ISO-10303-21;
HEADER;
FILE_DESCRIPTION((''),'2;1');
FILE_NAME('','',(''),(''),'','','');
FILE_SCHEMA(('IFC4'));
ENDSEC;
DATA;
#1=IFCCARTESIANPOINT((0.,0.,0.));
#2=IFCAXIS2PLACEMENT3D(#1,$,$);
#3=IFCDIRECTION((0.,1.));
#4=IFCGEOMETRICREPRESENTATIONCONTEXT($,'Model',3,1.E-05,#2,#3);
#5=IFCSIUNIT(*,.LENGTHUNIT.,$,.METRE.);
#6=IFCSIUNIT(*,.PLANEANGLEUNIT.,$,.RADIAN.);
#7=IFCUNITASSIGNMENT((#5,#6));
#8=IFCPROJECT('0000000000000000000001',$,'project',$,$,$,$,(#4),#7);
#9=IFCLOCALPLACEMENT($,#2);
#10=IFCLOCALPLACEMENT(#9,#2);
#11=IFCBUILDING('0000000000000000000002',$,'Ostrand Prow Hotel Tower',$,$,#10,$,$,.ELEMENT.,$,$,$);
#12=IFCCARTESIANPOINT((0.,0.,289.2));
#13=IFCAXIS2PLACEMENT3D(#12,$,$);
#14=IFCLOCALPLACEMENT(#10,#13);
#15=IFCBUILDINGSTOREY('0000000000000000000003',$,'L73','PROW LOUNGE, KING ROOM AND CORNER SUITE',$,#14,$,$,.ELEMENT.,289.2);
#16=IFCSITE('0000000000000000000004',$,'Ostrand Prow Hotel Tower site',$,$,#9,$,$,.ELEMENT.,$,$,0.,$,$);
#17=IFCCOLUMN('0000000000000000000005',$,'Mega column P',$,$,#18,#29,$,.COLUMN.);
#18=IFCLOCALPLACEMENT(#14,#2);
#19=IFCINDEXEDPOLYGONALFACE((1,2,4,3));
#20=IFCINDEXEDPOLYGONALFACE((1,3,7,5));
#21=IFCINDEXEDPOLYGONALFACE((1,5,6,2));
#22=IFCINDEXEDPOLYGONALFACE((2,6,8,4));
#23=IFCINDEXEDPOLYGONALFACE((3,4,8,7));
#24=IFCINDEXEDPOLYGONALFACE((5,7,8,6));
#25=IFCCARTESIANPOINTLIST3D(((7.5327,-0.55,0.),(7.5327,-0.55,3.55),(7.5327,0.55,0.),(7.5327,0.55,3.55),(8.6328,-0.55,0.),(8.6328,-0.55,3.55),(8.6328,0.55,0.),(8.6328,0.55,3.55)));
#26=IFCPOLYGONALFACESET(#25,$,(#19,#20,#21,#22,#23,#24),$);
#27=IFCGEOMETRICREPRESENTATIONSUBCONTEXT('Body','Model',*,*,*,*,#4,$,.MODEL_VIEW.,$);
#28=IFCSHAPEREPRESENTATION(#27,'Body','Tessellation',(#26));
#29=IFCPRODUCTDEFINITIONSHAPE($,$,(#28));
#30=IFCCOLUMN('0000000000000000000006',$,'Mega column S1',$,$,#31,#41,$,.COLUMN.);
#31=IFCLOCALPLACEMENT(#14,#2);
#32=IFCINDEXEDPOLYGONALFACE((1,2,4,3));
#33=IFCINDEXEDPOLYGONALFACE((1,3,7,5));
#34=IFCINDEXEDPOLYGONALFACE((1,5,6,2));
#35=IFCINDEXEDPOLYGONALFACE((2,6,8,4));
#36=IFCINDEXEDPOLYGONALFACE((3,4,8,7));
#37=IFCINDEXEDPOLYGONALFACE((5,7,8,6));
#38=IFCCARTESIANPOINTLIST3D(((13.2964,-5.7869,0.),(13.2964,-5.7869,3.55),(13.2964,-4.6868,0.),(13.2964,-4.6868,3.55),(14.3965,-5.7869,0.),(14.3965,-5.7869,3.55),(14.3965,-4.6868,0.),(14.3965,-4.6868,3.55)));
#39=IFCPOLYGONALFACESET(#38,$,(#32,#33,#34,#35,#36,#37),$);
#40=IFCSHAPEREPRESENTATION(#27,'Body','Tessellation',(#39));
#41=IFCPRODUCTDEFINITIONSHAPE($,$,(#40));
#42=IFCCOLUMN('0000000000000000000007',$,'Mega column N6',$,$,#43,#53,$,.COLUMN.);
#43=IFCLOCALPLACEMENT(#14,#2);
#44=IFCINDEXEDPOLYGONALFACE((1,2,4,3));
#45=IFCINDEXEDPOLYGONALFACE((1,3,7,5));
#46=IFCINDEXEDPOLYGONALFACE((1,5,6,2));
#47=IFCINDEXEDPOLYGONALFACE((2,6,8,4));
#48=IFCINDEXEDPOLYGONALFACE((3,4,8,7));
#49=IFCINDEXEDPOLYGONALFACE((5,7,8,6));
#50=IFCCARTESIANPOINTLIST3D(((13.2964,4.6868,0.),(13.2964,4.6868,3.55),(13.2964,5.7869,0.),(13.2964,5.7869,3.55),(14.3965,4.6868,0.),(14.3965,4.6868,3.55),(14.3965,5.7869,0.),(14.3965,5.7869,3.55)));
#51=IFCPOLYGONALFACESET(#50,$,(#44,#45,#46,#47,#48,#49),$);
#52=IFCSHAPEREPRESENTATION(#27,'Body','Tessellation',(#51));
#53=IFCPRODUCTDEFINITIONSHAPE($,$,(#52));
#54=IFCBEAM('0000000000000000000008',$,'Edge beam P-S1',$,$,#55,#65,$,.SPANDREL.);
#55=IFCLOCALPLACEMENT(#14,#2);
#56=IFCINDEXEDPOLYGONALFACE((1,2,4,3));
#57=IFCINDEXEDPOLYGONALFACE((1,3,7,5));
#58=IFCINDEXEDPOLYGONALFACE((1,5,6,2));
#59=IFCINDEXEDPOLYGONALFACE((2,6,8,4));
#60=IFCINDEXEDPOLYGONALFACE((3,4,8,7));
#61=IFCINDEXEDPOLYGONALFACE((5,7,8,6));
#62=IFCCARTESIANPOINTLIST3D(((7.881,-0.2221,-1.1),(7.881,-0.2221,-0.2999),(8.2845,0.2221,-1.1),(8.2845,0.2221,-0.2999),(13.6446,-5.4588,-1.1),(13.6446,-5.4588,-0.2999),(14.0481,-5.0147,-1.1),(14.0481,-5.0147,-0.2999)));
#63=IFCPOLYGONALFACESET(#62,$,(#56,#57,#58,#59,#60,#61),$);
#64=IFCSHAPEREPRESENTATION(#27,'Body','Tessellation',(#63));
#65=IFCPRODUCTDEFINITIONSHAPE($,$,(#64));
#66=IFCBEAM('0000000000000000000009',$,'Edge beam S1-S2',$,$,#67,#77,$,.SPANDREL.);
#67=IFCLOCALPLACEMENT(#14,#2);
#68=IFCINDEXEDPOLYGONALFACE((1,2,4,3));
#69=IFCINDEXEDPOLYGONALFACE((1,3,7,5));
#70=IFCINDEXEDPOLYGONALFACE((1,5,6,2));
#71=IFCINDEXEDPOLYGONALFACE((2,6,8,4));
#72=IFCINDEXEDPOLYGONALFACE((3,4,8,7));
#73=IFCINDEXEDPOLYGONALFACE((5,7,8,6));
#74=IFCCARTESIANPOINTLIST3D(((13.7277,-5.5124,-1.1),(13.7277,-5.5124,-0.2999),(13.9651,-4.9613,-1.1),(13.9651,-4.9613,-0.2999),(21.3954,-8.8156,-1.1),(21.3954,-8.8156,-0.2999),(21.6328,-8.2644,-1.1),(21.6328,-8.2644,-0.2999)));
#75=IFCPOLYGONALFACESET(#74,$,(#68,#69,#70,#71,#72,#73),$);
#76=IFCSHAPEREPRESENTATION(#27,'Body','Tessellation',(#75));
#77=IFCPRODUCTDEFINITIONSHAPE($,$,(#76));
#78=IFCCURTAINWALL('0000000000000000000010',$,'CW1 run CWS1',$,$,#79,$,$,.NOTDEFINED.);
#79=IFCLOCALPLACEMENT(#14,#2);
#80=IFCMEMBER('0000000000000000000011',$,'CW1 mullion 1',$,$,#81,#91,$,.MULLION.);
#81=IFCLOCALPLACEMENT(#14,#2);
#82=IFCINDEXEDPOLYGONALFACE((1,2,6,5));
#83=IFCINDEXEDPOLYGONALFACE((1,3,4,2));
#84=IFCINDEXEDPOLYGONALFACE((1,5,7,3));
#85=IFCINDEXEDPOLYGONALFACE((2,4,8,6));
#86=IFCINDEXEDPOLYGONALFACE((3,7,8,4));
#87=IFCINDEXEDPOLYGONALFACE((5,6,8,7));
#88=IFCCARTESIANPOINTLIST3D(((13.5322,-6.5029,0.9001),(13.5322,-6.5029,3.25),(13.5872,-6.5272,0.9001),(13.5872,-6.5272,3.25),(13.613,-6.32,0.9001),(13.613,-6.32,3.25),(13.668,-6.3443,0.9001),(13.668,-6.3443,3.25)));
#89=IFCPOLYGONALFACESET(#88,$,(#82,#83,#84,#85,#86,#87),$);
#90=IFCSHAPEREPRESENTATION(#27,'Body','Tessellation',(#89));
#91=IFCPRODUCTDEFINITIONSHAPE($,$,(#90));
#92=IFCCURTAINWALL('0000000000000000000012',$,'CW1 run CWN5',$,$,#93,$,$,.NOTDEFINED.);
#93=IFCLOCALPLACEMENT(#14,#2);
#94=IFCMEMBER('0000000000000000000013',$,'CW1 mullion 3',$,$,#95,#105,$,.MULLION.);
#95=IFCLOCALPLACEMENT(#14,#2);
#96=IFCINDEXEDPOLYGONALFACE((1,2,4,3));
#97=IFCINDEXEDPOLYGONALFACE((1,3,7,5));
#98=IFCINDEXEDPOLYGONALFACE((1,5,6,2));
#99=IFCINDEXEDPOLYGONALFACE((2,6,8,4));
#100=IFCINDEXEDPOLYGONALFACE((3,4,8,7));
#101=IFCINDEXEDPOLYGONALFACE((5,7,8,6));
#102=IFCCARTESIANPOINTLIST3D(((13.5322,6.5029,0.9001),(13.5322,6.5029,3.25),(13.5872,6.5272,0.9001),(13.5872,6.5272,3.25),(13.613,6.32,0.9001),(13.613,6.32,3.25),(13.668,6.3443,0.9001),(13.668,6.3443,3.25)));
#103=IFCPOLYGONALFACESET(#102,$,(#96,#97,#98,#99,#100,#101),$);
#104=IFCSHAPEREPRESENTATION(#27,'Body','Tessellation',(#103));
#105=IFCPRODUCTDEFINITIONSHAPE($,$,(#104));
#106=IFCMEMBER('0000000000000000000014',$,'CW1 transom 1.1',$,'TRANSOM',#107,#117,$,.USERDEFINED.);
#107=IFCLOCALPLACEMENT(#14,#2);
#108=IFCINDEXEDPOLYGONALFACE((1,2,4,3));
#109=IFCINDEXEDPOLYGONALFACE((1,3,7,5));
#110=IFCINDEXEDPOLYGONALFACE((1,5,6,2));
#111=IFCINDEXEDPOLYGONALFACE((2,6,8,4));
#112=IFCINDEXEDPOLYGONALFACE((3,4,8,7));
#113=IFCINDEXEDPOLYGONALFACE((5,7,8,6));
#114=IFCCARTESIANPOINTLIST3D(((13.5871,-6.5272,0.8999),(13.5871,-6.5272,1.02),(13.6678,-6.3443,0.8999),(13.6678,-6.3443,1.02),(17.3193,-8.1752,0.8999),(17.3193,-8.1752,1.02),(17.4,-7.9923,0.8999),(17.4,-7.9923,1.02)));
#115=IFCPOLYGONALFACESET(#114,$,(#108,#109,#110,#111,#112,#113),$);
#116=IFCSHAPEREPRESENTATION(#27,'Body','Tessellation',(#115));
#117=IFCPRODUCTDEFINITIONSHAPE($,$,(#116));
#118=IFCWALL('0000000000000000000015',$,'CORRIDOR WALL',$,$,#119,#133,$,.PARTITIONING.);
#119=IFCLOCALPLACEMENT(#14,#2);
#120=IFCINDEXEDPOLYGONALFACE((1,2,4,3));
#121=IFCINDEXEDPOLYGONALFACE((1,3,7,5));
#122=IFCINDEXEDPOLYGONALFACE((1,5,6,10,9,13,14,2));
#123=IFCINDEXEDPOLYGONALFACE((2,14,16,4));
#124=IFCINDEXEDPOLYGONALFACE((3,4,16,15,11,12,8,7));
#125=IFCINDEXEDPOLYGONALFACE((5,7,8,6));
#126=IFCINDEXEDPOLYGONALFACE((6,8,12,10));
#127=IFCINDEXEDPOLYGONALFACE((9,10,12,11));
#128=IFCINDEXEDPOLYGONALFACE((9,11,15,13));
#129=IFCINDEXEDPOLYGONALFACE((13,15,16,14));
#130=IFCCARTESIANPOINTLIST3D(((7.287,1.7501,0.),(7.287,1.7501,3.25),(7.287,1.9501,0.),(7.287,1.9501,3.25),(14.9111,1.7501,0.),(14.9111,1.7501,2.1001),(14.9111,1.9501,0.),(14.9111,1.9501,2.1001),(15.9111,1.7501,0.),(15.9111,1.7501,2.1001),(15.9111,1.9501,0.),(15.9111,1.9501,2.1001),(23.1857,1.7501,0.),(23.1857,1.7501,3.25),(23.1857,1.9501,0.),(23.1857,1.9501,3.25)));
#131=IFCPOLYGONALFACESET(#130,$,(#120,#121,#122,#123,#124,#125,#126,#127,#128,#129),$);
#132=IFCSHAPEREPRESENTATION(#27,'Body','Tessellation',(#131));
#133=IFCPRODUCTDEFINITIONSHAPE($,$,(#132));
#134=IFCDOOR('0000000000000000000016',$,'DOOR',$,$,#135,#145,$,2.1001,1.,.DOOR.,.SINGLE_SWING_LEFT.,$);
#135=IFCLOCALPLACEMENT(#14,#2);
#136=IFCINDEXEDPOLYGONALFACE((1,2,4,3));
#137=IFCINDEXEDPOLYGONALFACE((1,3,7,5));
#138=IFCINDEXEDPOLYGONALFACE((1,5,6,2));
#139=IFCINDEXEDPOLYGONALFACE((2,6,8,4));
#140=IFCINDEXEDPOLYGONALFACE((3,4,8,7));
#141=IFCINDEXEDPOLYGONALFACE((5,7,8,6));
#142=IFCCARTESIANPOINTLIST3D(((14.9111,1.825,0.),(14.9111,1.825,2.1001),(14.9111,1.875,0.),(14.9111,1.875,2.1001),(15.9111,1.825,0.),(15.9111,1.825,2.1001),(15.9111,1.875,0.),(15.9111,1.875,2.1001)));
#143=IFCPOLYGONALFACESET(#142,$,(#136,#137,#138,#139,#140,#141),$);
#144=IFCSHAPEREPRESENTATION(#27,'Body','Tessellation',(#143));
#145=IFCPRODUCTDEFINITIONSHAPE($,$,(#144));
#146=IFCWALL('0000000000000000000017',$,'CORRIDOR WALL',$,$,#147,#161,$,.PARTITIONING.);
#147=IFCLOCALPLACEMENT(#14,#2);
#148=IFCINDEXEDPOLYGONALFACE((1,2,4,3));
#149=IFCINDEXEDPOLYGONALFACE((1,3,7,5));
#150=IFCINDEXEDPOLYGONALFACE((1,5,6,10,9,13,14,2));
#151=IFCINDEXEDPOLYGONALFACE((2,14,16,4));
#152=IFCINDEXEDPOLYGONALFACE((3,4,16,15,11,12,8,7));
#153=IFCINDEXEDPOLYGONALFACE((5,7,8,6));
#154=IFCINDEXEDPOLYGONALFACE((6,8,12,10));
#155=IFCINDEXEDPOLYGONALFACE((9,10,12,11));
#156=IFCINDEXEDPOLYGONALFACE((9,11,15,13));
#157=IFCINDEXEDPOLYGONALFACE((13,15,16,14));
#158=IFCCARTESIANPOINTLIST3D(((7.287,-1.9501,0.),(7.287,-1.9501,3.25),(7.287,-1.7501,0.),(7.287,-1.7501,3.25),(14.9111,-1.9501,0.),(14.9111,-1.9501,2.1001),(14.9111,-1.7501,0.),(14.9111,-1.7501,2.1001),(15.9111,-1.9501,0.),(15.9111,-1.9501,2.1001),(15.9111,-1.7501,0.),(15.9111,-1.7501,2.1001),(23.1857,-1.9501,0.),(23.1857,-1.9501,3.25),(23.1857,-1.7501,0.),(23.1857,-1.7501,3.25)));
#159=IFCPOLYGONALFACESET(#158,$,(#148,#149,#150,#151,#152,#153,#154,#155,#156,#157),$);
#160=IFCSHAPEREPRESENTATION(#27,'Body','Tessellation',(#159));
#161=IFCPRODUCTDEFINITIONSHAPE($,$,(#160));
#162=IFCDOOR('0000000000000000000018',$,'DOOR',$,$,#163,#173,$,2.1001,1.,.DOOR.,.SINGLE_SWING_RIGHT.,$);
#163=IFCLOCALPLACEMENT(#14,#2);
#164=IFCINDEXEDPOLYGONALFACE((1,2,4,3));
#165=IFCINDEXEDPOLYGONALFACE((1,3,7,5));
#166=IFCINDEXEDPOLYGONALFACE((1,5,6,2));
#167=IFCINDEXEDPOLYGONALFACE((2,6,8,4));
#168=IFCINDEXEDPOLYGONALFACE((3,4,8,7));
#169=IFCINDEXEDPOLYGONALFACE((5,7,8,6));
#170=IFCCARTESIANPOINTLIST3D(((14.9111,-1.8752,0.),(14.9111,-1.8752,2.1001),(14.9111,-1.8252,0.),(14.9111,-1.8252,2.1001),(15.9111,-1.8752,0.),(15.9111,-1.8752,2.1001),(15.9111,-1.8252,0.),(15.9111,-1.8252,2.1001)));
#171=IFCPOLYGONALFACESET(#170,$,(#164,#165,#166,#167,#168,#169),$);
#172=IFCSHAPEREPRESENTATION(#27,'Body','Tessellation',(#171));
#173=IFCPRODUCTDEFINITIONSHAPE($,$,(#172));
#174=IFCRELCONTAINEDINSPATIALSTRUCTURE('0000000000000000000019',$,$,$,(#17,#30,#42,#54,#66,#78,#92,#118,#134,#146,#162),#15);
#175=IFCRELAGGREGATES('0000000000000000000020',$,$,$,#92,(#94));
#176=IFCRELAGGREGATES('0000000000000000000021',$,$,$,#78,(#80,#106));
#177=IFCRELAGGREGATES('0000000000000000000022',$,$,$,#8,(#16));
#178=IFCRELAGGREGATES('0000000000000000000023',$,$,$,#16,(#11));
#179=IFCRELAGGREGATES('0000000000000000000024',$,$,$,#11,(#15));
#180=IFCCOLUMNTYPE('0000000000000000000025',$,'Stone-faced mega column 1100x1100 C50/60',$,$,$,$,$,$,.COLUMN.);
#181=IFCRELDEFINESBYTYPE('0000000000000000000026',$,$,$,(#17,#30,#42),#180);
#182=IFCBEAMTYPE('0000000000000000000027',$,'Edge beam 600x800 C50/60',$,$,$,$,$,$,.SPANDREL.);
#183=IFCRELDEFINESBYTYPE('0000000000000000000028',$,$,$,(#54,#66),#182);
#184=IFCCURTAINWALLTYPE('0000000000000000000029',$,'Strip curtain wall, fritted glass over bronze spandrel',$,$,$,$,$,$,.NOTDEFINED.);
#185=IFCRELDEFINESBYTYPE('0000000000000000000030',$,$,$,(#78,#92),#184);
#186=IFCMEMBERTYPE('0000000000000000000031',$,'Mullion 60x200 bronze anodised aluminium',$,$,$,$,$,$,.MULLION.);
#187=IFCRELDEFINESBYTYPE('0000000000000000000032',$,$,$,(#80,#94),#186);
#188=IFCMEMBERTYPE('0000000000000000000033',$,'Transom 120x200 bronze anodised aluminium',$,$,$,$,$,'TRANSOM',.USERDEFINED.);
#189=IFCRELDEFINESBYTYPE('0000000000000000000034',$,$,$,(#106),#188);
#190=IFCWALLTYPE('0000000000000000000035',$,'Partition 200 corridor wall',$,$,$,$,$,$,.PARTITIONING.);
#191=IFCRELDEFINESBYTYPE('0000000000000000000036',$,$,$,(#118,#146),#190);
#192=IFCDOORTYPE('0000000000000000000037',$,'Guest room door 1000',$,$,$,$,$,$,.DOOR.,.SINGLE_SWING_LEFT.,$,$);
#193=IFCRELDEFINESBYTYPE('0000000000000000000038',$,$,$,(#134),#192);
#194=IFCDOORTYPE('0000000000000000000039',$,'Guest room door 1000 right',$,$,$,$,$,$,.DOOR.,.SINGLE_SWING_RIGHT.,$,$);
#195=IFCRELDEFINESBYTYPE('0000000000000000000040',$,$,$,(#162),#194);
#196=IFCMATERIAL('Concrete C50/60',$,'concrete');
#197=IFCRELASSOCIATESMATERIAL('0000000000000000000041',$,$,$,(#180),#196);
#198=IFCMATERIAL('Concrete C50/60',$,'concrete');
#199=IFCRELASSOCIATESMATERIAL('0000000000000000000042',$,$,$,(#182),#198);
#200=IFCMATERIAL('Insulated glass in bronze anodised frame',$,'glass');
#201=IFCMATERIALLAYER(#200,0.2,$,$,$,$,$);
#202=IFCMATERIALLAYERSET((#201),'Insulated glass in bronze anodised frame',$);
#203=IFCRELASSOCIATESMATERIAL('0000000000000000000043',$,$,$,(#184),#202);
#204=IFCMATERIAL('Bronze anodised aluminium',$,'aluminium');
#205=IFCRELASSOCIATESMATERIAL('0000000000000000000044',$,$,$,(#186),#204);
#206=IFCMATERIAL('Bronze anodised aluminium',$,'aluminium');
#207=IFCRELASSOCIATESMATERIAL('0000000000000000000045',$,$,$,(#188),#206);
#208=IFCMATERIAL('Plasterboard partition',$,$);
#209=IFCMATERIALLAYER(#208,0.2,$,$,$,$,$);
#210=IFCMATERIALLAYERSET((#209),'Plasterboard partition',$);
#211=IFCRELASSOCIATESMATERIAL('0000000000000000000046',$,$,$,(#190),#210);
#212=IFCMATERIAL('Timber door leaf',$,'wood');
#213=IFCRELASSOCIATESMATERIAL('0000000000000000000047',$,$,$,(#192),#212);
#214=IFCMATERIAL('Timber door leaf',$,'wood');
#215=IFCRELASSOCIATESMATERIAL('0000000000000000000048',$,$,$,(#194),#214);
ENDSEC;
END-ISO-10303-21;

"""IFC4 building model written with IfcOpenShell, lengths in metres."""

from ifc_helpers import new_model, si_unit, direction, frame, frame_2d, origin, origin_2d, place, context, subcontext, project, spatial, rectangle, extrude, material, layer, layer_set, material_profile, profile_set, type_object, element, fill, aggregate, save


model = new_model("IFC4")

# Units and contexts
model_context = context("Model", 3, precision=1e-05, world=origin(), true_north=direction((0.0, 1.0)))
body_context = subcontext(model_context, "Body", "Model", "MODEL_VIEW")
ifc_project = project(units=[si_unit("LENGTHUNIT", "METRE"), si_unit("PLANEANGLEUNIT", "RADIAN")], contexts=[model_context])

# Site, building, storey
site_placement = place(None, origin())
site = spatial("IfcSite", under=ifc_project, at=site_placement, Name="Ostrand Prow Hotel Tower site", CompositionType="ELEMENT", RefElevation=0.0)
building_placement = place(site_placement, origin())
building = spatial("IfcBuilding", under=site, at=building_placement, Name="Ostrand Prow Hotel Tower", CompositionType="ELEMENT")
storey_placement = place(building_placement, frame((0.0, 0.0, 289.2)))
storey = spatial("IfcBuildingStorey", under=building, at=storey_placement, Name="L73", Description="PROW LOUNGE, KING ROOM AND CORNER SUITE", CompositionType="ELEMENT", Elevation=289.2)

# Columns
ifc_material_1 = material(Name="Concrete C50/60", Category="concrete")
ifc_material_profile_1 = material_profile(ifc_material_1, rectangle(XDim=1.1001, YDim=1.1001, at=origin_2d()), Name="RC 1100x1100")
ifc_profile_set_1 = profile_set([ifc_material_profile_1], Name="Concrete C50/60")
column_type = type_object("IfcColumnType", Name="Stone-faced mega column 1100x1100 C50/60", PredefinedType="COLUMN", material=ifc_profile_set_1)
for number, where, z_axis, x_axis, name in (
    (1, (8.0828, 0.0, 0.0), (0.0, 0.0, 1.0), (1.0, 0.0, 0.0), "Mega column P"),
    (2, (13.8464, -5.2368, 0.0), (0.0, 0.0, 1.0), (1.0, 0.0, 0.0), "Mega column S1"),
    (3, (13.8464, 5.2368, 0.0), (0.0, 0.0, 1.0), (1.0, 0.0, 0.0), "Mega column N6"),
):
    element("IfcColumn", number, at=place(storey_placement, frame(where, z_axis=z_axis, x_axis=x_axis)), inside=storey, type_object=column_type, Name=name, PredefinedType="COLUMN", context=body_context, shape_type="SweptSolid", body=[
        extrude(rectangle(XDim=1.1001, YDim=1.1001, at=origin_2d()), origin(), (0.0, 0.0, 1.0), 3.55),
    ])

# Beams
ifc_material_2 = material(Name="Concrete C50/60", Category="concrete")
ifc_material_profile_2 = material_profile(ifc_material_2, rectangle(XDim=0.6001, YDim=0.8, at=origin_2d()), Name="RC 600x800")
ifc_profile_set_2 = profile_set([ifc_material_profile_2], Name="Concrete C50/60")
beam_type = type_object("IfcBeamType", Name="Edge beam 600x800 C50/60", PredefinedType="SPANDREL", material=ifc_profile_set_2)
beam_1_placement = place(storey_placement, frame((8.0828, 0.0, -0.7), z_axis=(0.740124, -0.67247, 0.0), x_axis=(0.67247, 0.740124, 0.0)))
element("IfcBeam", 4, at=beam_1_placement, inside=storey, type_object=beam_type, Name="Edge beam P-S1", PredefinedType="SPANDREL", context=body_context, shape_type="SweptSolid", body=[
    extrude(rectangle(XDim=0.6001, YDim=0.8, at=origin_2d()), origin(), (0.0, 0.0, 1.0), 7.7874),
])
beam_2_placement = place(storey_placement, frame((13.8464, -5.2368, -0.7), z_axis=(0.918404, -0.395644, 0.0), x_axis=(0.395644, 0.918404, 0.0)))
element("IfcBeam", 5, at=beam_2_placement, inside=storey, type_object=beam_type, Name="Edge beam S1-S2", PredefinedType="SPANDREL", context=body_context, shape_type="SweptSolid", body=[
    extrude(rectangle(XDim=0.6001, YDim=0.8, at=origin_2d()), origin(), (0.0, 0.0, 1.0), 8.3489),
])

# Curtain walls, members
ifc_material_3 = material(Name="Insulated glass in bronze anodised frame", Category="glass")
ifc_layer_1 = layer(ifc_material_3, 0.2)
ifc_layer_set_1 = layer_set([ifc_layer_1], Name="Insulated glass in bronze anodised frame")
curtain_wall_type = type_object("IfcCurtainWallType", Name="Strip curtain wall, fritted glass over bronze spandrel", PredefinedType="NOTDEFINED", material=ifc_layer_set_1)
curtain_wall_1_placement = place(storey_placement, origin())
curtain_wall_1 = element("IfcCurtainWall", 6, at=curtain_wall_1_placement, inside=storey, type_object=curtain_wall_type, Name="CW1 run CWS1", PredefinedType="NOTDEFINED")
ifc_material_4 = material(Name="Bronze anodised aluminium", Category="aluminium")
ifc_material_profile_3 = material_profile(ifc_material_4, rectangle(XDim=0.2, YDim=0.0601, at=origin_2d()), Name="Mullion 60x200 bronze anodised aluminium")
ifc_profile_set_3 = profile_set([ifc_material_profile_3], Name="Bronze anodised aluminium")
member_type_1 = type_object("IfcMemberType", Name="Mullion 60x200 bronze anodised aluminium", PredefinedType="MULLION", material=ifc_profile_set_3)
member_1_placement = place(storey_placement, frame((13.6001, -6.4236, 0.9001), z_axis=(0.0, 0.0, 1.0), x_axis=(0.40394, 0.914786, 0.0)))
member_1 = element("IfcMember", 7, at=member_1_placement, type_object=member_type_1, Name="CW1 mullion 1", PredefinedType="MULLION", context=body_context, shape_type="SweptSolid", body=[
    extrude(rectangle(XDim=0.2, YDim=0.0601, at=origin_2d()), origin(), (0.0, 0.0, 1.0), 2.3499),
])
curtain_wall_2_placement = place(storey_placement, origin())
curtain_wall_2 = element("IfcCurtainWall", 8, at=curtain_wall_2_placement, inside=storey, type_object=curtain_wall_type, Name="CW1 run CWN5", PredefinedType="NOTDEFINED")
member_2_placement = place(storey_placement, frame((13.6001, 6.4236, 0.9001), z_axis=(0.0, 0.0, 1.0), x_axis=(0.40394, -0.914786, 0.0)))
member_2 = element("IfcMember", 9, at=member_2_placement, type_object=member_type_1, Name="CW1 mullion 3", PredefinedType="MULLION", context=body_context, shape_type="SweptSolid", body=[
    extrude(rectangle(XDim=0.2, YDim=0.0601, at=origin_2d()), origin(), (0.0, 0.0, 1.0), 2.3499),
])
aggregate(curtain_wall_2, [member_2])

# Member
ifc_material_5 = material(Name="Bronze anodised aluminium", Category="aluminium")
ifc_material_profile_4 = material_profile(ifc_material_5, rectangle(XDim=0.2, YDim=0.1201, at=origin_2d()), Name="Transom 120x200 bronze anodised aluminium")
ifc_profile_set_4 = profile_set([ifc_material_profile_4], Name="Bronze anodised aluminium")
member_type_2 = type_object("IfcMemberType", Name="Transom 120x200 bronze anodised aluminium", ElementType="TRANSOM", PredefinedType="USERDEFINED", material=ifc_profile_set_4)
member_3_placement = place(storey_placement, frame((13.6274, -6.4358, 0.96), z_axis=(0.914791, -0.403927, 0.0), x_axis=(0.403927, 0.914791, 0.0)))
member_3 = element("IfcMember", 10, at=member_3_placement, type_object=member_type_2, Name="CW1 transom 1.1", ObjectType="TRANSOM", PredefinedType="USERDEFINED", context=body_context, shape_type="SweptSolid", body=[
    extrude(rectangle(XDim=0.2, YDim=0.1201, at=origin_2d()), origin(), (0.0, 0.0, 1.0), 4.0798),
])
aggregate(curtain_wall_1, [member_1, member_3])

# Walls, openings, doors
ifc_material_6 = material(Name="Plasterboard partition")
ifc_layer_2 = layer(ifc_material_6, 0.2)
ifc_layer_set_2 = layer_set([ifc_layer_2], Name="Plasterboard partition")
wall_type_1 = type_object("IfcWallType", Name="Partition 200 corridor wall", PredefinedType="PARTITIONING", material=ifc_layer_set_2)
wall_1_placement = place(storey_placement, frame((7.2871, 1.8501, 0.0), z_axis=(0.0, 0.0, 1.0), x_axis=(1.0, 0.0, 0.0)))
wall_1 = element("IfcWall", 11, at=wall_1_placement, inside=storey, type_object=wall_type_1, Name="CORRIDOR WALL", PredefinedType="PARTITIONING", context=body_context, shape_type="SweptSolid", body=[
    extrude(rectangle(XDim=15.8987, YDim=0.2, at=frame_2d((7.9492, 0.0))), origin(), (0.0, 0.0, 1.0), 3.25),
])
opening_1_placement = place(wall_1_placement, frame((7.624, 0.0, 0.0)))
opening_1 = element("IfcOpeningElement", 12, at=opening_1_placement, cuts=wall_1, PredefinedType="OPENING", context=body_context, shape_type="SweptSolid", body=[
    extrude(rectangle(XDim=1.0, YDim=2.1001, at=frame_2d((0.5, 1.05))), frame((0.0, 0.1099, 0.0), z_axis=(0.0, -1.0, 0.0), x_axis=(1.0, 0.0, 0.0)), (0.0, 0.0, 1.0), 0.22),
])
ifc_material_7 = material(Name="Timber door leaf", Category="wood")
door_type_1 = type_object("IfcDoorType", Name="Guest room door 1000", OperationType="SINGLE_SWING_LEFT", PredefinedType="DOOR", material=ifc_material_7)
door_1_placement = place(opening_1_placement, origin())
door_1 = element("IfcDoor", 13, at=door_1_placement, inside=storey, type_object=door_type_1, Name="DOOR", OperationType="SINGLE_SWING_LEFT", OverallHeight=2.1001, OverallWidth=1.0, PredefinedType="DOOR", context=body_context, shape_type="SweptSolid", body=[
    extrude(rectangle(XDim=1.0, YDim=2.1001, at=frame_2d((0.5, 1.05))), frame((0.0, 0.0249, 0.0), z_axis=(0.0, -1.0, 0.0), x_axis=(1.0, 0.0, 0.0)), (0.0, 0.0, 1.0), 0.05),
])
fill(opening_1, door_1)
wall_2_placement = place(storey_placement, frame((7.2871, -1.8501, 0.0), z_axis=(0.0, 0.0, 1.0), x_axis=(1.0, 0.0, 0.0)))
wall_2 = element("IfcWall", 14, at=wall_2_placement, inside=storey, type_object=wall_type_1, Name="CORRIDOR WALL", PredefinedType="PARTITIONING", context=body_context, shape_type="SweptSolid", body=[
    extrude(rectangle(XDim=15.8987, YDim=0.2, at=frame_2d((7.9492, 0.0))), origin(), (0.0, 0.0, 1.0), 3.25),
])
opening_2_placement = place(wall_2_placement, frame((7.624, 0.0, 0.0)))
opening_2 = element("IfcOpeningElement", 15, at=opening_2_placement, cuts=wall_2, PredefinedType="OPENING", context=body_context, shape_type="SweptSolid", body=[
    extrude(rectangle(XDim=1.0, YDim=2.1001, at=frame_2d((0.5, 1.05))), frame((0.0, 0.1099, 0.0), z_axis=(0.0, -1.0, 0.0), x_axis=(1.0, 0.0, 0.0)), (0.0, 0.0, 1.0), 0.22),
])
ifc_material_8 = material(Name="Timber door leaf", Category="wood")
door_type_2 = type_object("IfcDoorType", Name="Guest room door 1000 right", OperationType="SINGLE_SWING_RIGHT", PredefinedType="DOOR", material=ifc_material_8)
door_2_placement = place(opening_2_placement, origin())
door_2 = element("IfcDoor", 16, at=door_2_placement, inside=storey, type_object=door_type_2, Name="DOOR", OperationType="SINGLE_SWING_RIGHT", OverallHeight=2.1001, OverallWidth=1.0, PredefinedType="DOOR", context=body_context, shape_type="SweptSolid", body=[
    extrude(rectangle(XDim=1.0, YDim=2.1001, at=frame_2d((0.5, 1.05))), frame((0.0, 0.0249, 0.0), z_axis=(0.0, -1.0, 0.0), x_axis=(1.0, 0.0, 0.0)), (0.0, 0.0, 1.0), 0.05),
])
fill(opening_2, door_2)

save(model, "model.ifc")
